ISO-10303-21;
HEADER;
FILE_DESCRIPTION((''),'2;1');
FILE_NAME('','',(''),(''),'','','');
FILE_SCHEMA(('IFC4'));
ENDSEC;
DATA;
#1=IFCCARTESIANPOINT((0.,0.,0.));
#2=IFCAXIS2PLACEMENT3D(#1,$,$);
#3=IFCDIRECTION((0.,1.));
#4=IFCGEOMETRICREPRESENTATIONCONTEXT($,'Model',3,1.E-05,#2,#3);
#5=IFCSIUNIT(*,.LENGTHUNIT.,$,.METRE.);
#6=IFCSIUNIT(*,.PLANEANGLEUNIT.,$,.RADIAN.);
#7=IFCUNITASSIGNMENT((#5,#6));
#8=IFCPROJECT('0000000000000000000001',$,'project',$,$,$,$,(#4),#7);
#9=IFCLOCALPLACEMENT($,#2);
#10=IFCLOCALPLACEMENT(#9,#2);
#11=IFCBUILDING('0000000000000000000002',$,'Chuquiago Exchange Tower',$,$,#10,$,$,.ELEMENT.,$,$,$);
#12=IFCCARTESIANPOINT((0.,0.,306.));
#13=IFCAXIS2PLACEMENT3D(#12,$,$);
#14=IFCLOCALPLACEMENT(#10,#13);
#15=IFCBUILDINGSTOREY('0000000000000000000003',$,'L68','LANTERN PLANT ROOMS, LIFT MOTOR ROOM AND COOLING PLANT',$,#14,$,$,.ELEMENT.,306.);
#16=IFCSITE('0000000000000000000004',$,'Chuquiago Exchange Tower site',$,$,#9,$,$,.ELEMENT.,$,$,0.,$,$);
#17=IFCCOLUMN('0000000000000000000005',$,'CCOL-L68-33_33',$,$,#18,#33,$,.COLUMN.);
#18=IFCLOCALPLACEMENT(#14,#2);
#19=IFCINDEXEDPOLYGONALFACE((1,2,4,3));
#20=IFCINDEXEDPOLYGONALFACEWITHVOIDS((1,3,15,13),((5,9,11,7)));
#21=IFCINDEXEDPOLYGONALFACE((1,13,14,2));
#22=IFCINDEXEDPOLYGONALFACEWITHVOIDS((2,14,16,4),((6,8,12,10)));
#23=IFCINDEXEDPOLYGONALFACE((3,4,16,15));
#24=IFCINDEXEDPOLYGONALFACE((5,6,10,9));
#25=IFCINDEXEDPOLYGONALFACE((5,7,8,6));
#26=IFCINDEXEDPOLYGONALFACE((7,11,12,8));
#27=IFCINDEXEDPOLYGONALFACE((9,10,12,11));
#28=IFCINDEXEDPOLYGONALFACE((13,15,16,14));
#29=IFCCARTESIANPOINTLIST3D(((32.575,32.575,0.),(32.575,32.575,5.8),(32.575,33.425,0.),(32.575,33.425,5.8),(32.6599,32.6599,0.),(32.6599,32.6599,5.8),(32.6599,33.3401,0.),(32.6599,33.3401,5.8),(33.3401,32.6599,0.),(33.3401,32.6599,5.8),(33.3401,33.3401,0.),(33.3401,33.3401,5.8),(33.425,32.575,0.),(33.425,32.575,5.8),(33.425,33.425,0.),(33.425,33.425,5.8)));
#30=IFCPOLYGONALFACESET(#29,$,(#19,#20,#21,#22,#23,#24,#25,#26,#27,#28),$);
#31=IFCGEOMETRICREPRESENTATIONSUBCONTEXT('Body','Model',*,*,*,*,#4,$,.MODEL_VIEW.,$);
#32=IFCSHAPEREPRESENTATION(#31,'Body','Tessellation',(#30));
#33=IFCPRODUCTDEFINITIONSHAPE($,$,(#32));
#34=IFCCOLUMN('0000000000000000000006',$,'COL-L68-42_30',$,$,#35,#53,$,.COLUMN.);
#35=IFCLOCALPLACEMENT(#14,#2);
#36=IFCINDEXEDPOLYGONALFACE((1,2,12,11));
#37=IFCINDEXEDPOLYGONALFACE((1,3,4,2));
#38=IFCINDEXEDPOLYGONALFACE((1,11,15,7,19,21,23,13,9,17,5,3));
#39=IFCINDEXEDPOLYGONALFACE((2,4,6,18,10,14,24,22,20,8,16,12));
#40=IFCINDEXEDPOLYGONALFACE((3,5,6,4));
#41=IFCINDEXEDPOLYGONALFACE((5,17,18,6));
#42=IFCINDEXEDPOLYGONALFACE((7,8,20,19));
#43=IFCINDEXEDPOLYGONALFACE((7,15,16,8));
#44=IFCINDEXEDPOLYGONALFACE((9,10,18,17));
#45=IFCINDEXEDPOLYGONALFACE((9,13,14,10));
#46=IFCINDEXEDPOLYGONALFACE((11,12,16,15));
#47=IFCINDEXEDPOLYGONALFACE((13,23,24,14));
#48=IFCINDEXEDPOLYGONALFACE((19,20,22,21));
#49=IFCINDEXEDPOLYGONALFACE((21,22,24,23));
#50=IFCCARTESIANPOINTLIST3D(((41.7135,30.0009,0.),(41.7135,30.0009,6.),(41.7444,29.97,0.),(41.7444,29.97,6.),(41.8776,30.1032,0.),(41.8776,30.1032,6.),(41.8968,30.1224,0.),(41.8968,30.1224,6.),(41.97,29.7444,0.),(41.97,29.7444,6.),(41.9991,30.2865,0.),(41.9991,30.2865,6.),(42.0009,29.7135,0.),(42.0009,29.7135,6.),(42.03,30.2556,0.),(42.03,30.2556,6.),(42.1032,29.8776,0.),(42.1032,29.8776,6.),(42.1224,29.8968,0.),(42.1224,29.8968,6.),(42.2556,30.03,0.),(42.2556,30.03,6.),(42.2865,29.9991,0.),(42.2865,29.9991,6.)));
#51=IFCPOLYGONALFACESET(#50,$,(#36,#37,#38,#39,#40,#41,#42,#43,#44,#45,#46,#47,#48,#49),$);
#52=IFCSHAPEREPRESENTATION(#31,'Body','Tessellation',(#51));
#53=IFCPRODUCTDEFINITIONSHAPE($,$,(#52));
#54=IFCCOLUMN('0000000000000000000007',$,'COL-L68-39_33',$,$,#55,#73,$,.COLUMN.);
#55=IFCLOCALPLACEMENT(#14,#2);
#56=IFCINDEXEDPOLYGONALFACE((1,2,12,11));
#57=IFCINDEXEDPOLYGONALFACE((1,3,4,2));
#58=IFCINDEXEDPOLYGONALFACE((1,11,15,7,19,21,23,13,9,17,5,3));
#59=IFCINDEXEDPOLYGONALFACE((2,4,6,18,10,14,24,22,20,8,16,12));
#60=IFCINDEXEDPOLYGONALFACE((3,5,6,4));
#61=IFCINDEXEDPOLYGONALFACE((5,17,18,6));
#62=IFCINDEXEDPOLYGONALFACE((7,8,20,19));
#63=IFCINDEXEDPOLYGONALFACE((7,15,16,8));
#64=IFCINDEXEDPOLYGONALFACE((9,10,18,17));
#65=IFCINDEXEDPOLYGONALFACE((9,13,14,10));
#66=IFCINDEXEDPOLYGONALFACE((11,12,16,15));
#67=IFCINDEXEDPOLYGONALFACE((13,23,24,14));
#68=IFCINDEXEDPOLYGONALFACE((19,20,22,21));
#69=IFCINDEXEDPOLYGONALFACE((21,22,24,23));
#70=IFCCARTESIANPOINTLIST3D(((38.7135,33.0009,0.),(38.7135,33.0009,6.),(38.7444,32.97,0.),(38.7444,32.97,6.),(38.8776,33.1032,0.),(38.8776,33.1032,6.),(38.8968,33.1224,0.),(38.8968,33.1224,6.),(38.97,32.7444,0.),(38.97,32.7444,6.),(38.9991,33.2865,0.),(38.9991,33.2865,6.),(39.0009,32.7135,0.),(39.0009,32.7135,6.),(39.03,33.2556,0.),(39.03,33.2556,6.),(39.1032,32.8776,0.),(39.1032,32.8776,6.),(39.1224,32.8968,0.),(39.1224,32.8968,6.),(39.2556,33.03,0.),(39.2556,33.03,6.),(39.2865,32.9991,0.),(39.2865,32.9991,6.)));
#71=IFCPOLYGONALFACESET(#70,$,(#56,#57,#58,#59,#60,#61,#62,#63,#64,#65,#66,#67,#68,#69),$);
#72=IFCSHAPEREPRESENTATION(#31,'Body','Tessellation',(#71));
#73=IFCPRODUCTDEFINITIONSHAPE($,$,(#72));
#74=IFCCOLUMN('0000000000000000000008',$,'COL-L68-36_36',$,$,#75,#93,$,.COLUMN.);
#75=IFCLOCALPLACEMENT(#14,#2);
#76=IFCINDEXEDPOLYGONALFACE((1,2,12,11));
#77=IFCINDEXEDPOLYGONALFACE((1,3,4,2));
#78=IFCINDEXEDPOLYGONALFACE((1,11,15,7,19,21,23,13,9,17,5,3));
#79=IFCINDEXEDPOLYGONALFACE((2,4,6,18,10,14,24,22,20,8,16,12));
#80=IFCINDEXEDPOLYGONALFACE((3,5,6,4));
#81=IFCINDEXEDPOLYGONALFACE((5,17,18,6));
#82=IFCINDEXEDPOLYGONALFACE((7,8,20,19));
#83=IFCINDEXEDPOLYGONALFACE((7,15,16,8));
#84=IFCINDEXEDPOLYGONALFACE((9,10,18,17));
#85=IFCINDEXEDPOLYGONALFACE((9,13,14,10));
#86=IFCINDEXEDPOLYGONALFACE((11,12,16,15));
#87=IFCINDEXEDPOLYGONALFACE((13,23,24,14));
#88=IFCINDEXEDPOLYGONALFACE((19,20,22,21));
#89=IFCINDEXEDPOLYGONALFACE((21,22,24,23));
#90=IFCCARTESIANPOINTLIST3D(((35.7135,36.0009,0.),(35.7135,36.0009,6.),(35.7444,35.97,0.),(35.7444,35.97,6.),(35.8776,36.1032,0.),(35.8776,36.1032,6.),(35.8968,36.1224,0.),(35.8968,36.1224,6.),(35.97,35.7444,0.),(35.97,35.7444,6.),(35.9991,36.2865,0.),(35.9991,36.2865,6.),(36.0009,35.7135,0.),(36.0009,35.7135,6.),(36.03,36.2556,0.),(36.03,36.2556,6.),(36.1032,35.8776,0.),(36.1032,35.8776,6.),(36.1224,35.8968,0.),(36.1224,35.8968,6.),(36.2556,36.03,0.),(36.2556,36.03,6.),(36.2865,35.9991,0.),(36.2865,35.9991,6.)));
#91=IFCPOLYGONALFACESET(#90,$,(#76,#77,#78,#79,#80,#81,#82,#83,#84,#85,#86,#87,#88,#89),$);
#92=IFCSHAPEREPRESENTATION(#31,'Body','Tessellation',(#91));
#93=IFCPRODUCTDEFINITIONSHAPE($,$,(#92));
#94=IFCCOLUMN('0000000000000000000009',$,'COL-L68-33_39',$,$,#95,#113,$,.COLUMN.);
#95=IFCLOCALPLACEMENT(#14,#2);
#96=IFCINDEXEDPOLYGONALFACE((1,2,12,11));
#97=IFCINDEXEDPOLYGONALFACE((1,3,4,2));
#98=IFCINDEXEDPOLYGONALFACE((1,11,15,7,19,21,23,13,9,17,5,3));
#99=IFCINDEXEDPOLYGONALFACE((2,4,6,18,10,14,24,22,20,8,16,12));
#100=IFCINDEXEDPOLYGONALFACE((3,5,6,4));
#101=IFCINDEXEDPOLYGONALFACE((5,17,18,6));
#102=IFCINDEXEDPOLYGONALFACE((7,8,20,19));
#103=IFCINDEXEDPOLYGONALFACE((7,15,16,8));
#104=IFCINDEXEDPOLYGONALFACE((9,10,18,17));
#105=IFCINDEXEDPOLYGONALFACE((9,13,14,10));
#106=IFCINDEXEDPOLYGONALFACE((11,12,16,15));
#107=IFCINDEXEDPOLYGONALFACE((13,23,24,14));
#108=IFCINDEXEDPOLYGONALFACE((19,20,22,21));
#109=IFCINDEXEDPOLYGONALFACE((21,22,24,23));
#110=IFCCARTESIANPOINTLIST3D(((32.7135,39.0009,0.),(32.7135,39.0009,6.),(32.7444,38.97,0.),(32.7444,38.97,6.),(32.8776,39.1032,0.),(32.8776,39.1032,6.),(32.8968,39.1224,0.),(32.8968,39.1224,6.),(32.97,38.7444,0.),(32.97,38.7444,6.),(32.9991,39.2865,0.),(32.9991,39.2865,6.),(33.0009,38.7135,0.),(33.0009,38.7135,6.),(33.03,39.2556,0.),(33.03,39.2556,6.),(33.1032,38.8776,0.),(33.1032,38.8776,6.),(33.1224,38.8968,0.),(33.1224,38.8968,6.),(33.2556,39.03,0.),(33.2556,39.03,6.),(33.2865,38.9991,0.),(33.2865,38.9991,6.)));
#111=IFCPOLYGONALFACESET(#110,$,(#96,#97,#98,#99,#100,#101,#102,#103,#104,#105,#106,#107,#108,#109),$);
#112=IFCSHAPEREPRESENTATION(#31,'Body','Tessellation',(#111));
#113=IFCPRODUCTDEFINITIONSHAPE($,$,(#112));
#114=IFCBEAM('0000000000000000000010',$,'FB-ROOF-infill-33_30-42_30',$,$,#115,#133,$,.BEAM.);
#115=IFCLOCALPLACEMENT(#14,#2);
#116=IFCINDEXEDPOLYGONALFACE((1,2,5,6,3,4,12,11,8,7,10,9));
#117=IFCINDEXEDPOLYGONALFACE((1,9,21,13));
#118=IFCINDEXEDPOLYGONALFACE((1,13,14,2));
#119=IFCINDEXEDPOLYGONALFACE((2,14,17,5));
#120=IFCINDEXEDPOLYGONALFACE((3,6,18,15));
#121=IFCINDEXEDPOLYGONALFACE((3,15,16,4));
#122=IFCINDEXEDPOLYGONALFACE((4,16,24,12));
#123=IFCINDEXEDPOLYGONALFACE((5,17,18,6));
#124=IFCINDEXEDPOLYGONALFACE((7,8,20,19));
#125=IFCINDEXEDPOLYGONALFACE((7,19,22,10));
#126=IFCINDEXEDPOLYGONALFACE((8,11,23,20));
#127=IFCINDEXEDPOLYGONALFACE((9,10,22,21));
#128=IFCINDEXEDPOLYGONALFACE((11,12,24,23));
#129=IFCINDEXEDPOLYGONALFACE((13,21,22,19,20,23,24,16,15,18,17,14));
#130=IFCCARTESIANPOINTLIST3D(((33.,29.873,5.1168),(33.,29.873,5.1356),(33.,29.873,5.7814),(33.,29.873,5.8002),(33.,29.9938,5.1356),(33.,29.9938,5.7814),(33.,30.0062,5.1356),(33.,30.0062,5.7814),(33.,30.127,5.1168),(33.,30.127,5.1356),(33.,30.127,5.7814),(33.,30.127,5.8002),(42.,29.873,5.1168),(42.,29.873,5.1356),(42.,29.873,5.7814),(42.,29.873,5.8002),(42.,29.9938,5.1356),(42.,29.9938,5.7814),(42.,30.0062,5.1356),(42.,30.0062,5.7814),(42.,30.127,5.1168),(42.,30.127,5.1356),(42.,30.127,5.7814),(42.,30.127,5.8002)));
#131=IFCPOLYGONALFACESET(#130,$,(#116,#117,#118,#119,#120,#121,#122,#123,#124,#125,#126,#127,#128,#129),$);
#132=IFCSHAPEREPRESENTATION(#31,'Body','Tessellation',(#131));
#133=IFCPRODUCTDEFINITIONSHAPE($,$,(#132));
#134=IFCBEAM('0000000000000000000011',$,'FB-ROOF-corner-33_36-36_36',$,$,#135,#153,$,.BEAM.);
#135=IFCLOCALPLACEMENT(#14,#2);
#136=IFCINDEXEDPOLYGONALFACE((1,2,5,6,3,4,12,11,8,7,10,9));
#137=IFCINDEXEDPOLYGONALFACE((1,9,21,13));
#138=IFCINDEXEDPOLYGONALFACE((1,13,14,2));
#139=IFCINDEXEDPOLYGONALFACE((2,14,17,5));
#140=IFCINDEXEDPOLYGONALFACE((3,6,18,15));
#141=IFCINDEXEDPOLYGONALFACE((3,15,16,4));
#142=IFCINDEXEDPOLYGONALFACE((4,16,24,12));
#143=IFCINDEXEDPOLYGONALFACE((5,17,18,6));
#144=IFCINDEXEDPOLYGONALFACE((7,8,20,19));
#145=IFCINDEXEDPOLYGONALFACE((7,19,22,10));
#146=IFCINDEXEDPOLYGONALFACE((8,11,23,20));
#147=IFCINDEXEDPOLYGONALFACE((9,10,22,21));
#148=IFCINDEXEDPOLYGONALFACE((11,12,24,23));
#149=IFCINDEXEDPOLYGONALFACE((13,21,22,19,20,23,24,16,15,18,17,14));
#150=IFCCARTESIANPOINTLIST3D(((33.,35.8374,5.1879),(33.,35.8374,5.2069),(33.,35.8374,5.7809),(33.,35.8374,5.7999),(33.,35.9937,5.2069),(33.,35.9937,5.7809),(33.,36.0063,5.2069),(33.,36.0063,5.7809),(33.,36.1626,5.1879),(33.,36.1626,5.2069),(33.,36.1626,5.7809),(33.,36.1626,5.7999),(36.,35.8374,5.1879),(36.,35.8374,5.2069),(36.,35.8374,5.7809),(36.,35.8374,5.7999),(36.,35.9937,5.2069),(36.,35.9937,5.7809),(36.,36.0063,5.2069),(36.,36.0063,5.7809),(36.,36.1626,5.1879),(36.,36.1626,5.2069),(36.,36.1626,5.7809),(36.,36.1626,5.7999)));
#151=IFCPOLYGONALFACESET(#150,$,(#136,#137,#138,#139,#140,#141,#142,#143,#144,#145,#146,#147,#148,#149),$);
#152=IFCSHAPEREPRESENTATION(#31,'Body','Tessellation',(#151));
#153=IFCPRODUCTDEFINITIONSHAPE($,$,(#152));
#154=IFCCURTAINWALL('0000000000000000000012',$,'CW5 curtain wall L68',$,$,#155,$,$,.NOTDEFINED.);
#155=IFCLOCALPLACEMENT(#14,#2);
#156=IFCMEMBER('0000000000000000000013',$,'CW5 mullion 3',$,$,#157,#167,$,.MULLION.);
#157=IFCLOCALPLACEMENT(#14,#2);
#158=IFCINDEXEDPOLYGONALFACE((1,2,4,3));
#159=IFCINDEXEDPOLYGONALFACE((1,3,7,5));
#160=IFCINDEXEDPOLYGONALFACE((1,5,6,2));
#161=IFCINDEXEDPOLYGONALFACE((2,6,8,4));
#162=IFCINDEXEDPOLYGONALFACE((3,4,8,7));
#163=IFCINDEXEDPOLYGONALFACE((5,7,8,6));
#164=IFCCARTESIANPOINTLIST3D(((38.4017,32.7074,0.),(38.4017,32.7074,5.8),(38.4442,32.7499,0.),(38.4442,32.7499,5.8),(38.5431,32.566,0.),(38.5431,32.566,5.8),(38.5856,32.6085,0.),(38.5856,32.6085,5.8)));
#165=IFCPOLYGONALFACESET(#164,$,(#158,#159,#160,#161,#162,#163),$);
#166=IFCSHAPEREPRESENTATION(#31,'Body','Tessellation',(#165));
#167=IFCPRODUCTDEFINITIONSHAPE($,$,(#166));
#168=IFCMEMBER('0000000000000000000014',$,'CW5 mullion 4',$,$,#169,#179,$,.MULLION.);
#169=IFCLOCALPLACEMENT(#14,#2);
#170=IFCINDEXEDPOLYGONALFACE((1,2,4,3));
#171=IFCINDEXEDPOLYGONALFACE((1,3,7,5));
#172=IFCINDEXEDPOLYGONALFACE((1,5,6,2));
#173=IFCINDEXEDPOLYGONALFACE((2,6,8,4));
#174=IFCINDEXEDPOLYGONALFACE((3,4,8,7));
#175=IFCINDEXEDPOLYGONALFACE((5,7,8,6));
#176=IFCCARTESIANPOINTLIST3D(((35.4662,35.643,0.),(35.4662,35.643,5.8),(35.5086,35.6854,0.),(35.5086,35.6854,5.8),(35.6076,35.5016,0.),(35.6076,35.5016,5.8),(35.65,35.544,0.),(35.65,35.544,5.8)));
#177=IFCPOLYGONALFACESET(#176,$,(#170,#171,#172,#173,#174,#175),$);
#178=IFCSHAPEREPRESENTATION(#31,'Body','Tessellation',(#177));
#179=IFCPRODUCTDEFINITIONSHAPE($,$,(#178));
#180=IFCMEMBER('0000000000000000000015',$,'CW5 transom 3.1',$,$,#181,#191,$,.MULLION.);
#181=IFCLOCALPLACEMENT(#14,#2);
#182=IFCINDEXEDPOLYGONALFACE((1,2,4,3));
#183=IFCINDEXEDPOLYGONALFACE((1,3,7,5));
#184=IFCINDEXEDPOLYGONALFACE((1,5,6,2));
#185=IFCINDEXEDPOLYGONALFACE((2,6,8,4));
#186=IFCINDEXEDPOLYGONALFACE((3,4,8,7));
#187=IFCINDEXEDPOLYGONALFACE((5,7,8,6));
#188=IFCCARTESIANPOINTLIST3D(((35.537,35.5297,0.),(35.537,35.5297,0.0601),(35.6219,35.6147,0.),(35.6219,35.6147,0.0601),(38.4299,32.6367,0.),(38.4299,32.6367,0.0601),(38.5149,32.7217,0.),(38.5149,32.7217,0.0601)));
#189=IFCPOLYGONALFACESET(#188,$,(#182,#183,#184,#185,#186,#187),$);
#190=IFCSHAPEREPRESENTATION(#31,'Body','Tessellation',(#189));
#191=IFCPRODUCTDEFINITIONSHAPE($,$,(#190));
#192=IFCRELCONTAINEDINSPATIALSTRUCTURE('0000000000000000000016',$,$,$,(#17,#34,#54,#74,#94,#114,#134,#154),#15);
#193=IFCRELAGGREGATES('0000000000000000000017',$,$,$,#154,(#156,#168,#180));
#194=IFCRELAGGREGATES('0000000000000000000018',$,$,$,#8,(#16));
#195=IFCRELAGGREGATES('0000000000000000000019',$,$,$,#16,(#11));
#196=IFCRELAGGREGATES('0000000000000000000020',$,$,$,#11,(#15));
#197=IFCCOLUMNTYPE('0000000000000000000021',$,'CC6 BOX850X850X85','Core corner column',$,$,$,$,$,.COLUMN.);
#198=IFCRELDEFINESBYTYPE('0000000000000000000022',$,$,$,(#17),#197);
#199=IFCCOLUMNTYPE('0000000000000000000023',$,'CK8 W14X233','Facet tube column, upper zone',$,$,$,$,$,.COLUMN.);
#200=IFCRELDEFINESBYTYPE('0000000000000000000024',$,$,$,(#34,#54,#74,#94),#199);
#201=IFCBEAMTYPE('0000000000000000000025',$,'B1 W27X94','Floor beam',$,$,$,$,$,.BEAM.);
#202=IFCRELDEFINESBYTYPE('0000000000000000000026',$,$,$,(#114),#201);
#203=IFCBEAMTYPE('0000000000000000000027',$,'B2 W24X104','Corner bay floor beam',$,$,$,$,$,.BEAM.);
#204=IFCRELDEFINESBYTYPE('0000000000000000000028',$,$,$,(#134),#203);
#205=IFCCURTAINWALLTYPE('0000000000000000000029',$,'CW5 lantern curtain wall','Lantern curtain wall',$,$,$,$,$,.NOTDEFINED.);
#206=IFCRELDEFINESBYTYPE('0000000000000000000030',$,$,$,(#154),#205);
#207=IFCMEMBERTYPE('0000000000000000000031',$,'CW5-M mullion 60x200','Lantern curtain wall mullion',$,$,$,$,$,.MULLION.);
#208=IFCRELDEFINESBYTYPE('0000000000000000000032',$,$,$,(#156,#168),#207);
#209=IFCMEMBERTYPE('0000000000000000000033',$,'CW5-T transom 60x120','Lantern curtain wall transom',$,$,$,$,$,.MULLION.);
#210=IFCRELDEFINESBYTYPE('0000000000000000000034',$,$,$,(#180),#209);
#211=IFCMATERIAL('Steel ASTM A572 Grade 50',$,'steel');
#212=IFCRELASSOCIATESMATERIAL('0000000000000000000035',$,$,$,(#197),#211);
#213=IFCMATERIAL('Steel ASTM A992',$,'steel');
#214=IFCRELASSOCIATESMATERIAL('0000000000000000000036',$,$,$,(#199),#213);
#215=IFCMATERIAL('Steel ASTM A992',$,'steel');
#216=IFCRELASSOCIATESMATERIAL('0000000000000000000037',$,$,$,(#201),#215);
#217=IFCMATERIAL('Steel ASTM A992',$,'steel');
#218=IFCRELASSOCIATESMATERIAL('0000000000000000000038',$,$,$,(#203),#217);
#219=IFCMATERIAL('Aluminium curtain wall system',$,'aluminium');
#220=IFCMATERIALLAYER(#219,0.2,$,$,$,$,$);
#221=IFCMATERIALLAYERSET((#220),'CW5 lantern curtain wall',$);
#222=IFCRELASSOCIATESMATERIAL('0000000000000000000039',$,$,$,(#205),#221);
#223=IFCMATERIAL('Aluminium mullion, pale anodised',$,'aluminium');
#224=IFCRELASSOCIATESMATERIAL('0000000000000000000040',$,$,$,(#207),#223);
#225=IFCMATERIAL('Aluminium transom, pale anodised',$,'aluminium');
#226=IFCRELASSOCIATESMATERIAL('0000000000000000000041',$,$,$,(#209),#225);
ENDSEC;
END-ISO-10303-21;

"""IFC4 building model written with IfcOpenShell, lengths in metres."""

from ifc_helpers import new_model, si_unit, direction, frame, origin, origin_2d, place, context, subcontext, project, spatial, rectangle, hollow_rectangle, i_section, extrude, material, layer, layer_set, material_profile, profile_set, type_object, element, aggregate, save


model = new_model("IFC4")

# Units and contexts
model_context = context("Model", 3, precision=1e-05, world=origin(), true_north=direction((0.0, 1.0)))
body_context = subcontext(model_context, "Body", "Model", "MODEL_VIEW")
ifc_project = project(units=[si_unit("LENGTHUNIT", "METRE"), si_unit("PLANEANGLEUNIT", "RADIAN")], contexts=[model_context])

# Site, building, storey
site_placement = place(None, origin())
site = spatial("IfcSite", under=ifc_project, at=site_placement, Name="Chuquiago Exchange Tower site", CompositionType="ELEMENT", RefElevation=0.0)
building_placement = place(site_placement, origin())
building = spatial("IfcBuilding", under=site, at=building_placement, Name="Chuquiago Exchange Tower", CompositionType="ELEMENT")
storey_placement = place(building_placement, frame((0.0, 0.0, 306.0)))
storey = spatial("IfcBuildingStorey", under=building, at=storey_placement, Name="L68", Description="LANTERN PLANT ROOMS, LIFT MOTOR ROOM AND COOLING PLANT", CompositionType="ELEMENT", Elevation=306.0)

# Columns
ifc_material_1 = material(Name="Steel ASTM A572 Grade 50", Category="steel")
ifc_material_profile_1 = material_profile(ifc_material_1, hollow_rectangle(XDim=0.8501, YDim=0.8501, WallThickness=0.085, at=origin_2d()), Name="BOX850X850X85")
ifc_profile_set_1 = profile_set([ifc_material_profile_1], Name="Steel ASTM A572 Grade 50")
column_type_1 = type_object("IfcColumnType", Name="CC6 BOX850X850X85", Description="Core corner column", PredefinedType="COLUMN", material=ifc_profile_set_1)
column_placement = place(storey_placement, frame((33.0, 33.0, 0.0), z_axis=(0.0, 0.0, 1.0), x_axis=(1.0, 0.0, 0.0)))
element("IfcColumn", 1, at=column_placement, inside=storey, type_object=column_type_1, Name="CCOL-L68-33_33", PredefinedType="COLUMN", context=body_context, shape_type="SweptSolid", body=[
    extrude(hollow_rectangle(XDim=0.8501, YDim=0.8501, WallThickness=0.085, at=origin_2d()), origin(), (0.0, 0.0, 1.0), 5.8),
])
ifc_material_2 = material(Name="Steel ASTM A992", Category="steel")
ifc_material_profile_2 = material_profile(ifc_material_2, i_section(OverallWidth=0.4038, OverallDepth=0.4065, WebThickness=0.0271, FlangeThickness=0.0437, at=origin_2d()), Name="W14X233")
ifc_profile_set_2 = profile_set([ifc_material_profile_2], Name="Steel ASTM A992")
column_type_2 = type_object("IfcColumnType", Name="CK8 W14X233", Description="Facet tube column, upper zone", PredefinedType="COLUMN", material=ifc_profile_set_2)
for number, where, z_axis, x_axis, name in (
    (2, (42.0, 30.0, 0.0), (0.0, 0.0, 1.0), (0.707107, 0.707107, 0.0), "COL-L68-42_30"),
    (3, (39.0, 33.0, 0.0), (0.0, 0.0, 1.0), (0.707107, 0.707107, 0.0), "COL-L68-39_33"),
    (4, (36.0, 36.0, 0.0), (0.0, 0.0, 1.0), (0.707107, 0.707107, 0.0), "COL-L68-36_36"),
    (5, (33.0, 39.0, 0.0), (0.0, 0.0, 1.0), (0.707107, 0.707107, 0.0), "COL-L68-33_39"),
):
    element("IfcColumn", number, at=place(storey_placement, frame(where, z_axis=z_axis, x_axis=x_axis)), inside=storey, type_object=column_type_2, Name=name, PredefinedType="COLUMN", context=body_context, shape_type="SweptSolid", body=[
        extrude(i_section(OverallWidth=0.4038, OverallDepth=0.4065, WebThickness=0.0271, FlangeThickness=0.0437, at=origin_2d()), origin(), (0.0, 0.0, 1.0), 6.0),
    ])

# Beams
ifc_material_3 = material(Name="Steel ASTM A992", Category="steel")
ifc_material_profile_3 = material_profile(ifc_material_3, i_section(OverallWidth=0.2539, OverallDepth=0.6833, WebThickness=0.0125, FlangeThickness=0.0188, at=origin_2d()), Name="W27X94")
ifc_profile_set_3 = profile_set([ifc_material_profile_3], Name="Steel ASTM A992")
beam_type_1 = type_object("IfcBeamType", Name="B1 W27X94", Description="Floor beam", PredefinedType="BEAM", material=ifc_profile_set_3)
beam_1_placement = place(storey_placement, frame((33.0, 30.0, 5.4585), z_axis=(1.0, 0.0, 0.0), x_axis=(0.0, 1.0, 0.0)))
element("IfcBeam", 6, at=beam_1_placement, inside=storey, type_object=beam_type_1, Name="FB-ROOF-infill-33_30-42_30", PredefinedType="BEAM", context=body_context, shape_type="SweptSolid", body=[
    extrude(i_section(OverallWidth=0.2539, OverallDepth=0.6833, WebThickness=0.0125, FlangeThickness=0.0188, at=origin_2d()), origin(), (0.0, 0.0, 1.0), 9.0),
])
ifc_material_4 = material(Name="Steel ASTM A992", Category="steel")
ifc_material_profile_4 = material_profile(ifc_material_4, i_section(OverallWidth=0.3252, OverallDepth=0.6121, WebThickness=0.0127, FlangeThickness=0.019, at=origin_2d()), Name="W24X104")
ifc_profile_set_4 = profile_set([ifc_material_profile_4], Name="Steel ASTM A992")
beam_type_2 = type_object("IfcBeamType", Name="B2 W24X104", Description="Corner bay floor beam", PredefinedType="BEAM", material=ifc_profile_set_4)
beam_2_placement = place(storey_placement, frame((33.0, 36.0, 5.4939), z_axis=(1.0, 0.0, 0.0), x_axis=(0.0, 1.0, 0.0)))
element("IfcBeam", 7, at=beam_2_placement, inside=storey, type_object=beam_type_2, Name="FB-ROOF-corner-33_36-36_36", PredefinedType="BEAM", context=body_context, shape_type="SweptSolid", body=[
    extrude(i_section(OverallWidth=0.3252, OverallDepth=0.6121, WebThickness=0.0127, FlangeThickness=0.019, at=origin_2d()), origin(), (0.0, 0.0, 1.0), 3.0),
])

# Curtain wall, members
ifc_material_5 = material(Name="Aluminium curtain wall system", Category="aluminium")
ifc_layer_1 = layer(ifc_material_5, 0.2)
ifc_layer_set_1 = layer_set([ifc_layer_1], Name="CW5 lantern curtain wall")
curtain_wall_type = type_object("IfcCurtainWallType", Name="CW5 lantern curtain wall", Description="Lantern curtain wall", PredefinedType="NOTDEFINED", material=ifc_layer_set_1)
curtain_wall_placement = place(storey_placement, origin())
curtain_wall = element("IfcCurtainWall", 8, at=curtain_wall_placement, inside=storey, type_object=curtain_wall_type, Name="CW5 curtain wall L68", PredefinedType="NOTDEFINED")
ifc_material_6 = material(Name="Aluminium mullion, pale anodised", Category="aluminium")
ifc_material_profile_5 = material_profile(ifc_material_6, rectangle(XDim=0.0601, YDim=0.2, at=origin_2d()), Name="AL 60x200")
ifc_profile_set_5 = profile_set([ifc_material_profile_5], Name="Aluminium mullion, pale anodised")
member_type_1 = type_object("IfcMemberType", Name="CW5-M mullion 60x200", Description="Lantern curtain wall mullion", PredefinedType="MULLION", material=ifc_profile_set_5)
member_1_placement = place(storey_placement, frame((38.4937, 32.658, 0.0), z_axis=(0.0, 0.0, 1.0), x_axis=(-0.707109, -0.707105, 0.0)))
member_1 = element("IfcMember", 9, at=member_1_placement, type_object=member_type_1, Name="CW5 mullion 3", PredefinedType="MULLION", context=body_context, shape_type="SweptSolid", body=[
    extrude(rectangle(XDim=0.0601, YDim=0.2, at=origin_2d()), origin(), (0.0, 0.0, 1.0), 5.8),
])
member_2_placement = place(storey_placement, frame((35.5581, 35.5935, 0.0), z_axis=(0.0, 0.0, 1.0), x_axis=(-0.707109, -0.707105, 0.0)))
member_2 = element("IfcMember", 10, at=member_2_placement, type_object=member_type_1, Name="CW5 mullion 4", PredefinedType="MULLION", context=body_context, shape_type="SweptSolid", body=[
    extrude(rectangle(XDim=0.0601, YDim=0.2, at=origin_2d()), origin(), (0.0, 0.0, 1.0), 5.8),
])
ifc_material_7 = material(Name="Aluminium transom, pale anodised", Category="aluminium")
ifc_material_profile_6 = material_profile(ifc_material_7, rectangle(XDim=0.1201, YDim=0.0601, at=origin_2d()), Name="AL 120x60")
ifc_profile_set_6 = profile_set([ifc_material_profile_6], Name="Aluminium transom, pale anodised")
member_type_2 = type_object("IfcMemberType", Name="CW5-T transom 60x120", Description="Lantern curtain wall transom", PredefinedType="MULLION", material=ifc_profile_set_6)
member_3_placement = place(storey_placement, frame((38.4724, 32.6792, 0.03), z_axis=(-0.707107, 0.707107, 0.0), x_axis=(-0.707107, -0.707107, 0.0)))
member_3 = element("IfcMember", 11, at=member_3_placement, type_object=member_type_2, Name="CW5 transom 3.1", PredefinedType="MULLION", context=body_context, shape_type="SweptSolid", body=[
    extrude(rectangle(XDim=0.1201, YDim=0.0601, at=origin_2d()), origin(), (0.0, 0.0, 1.0), 4.0913),
])

aggregate(curtain_wall, [member_1, member_2, member_3])

save(model, "model.ifc")
